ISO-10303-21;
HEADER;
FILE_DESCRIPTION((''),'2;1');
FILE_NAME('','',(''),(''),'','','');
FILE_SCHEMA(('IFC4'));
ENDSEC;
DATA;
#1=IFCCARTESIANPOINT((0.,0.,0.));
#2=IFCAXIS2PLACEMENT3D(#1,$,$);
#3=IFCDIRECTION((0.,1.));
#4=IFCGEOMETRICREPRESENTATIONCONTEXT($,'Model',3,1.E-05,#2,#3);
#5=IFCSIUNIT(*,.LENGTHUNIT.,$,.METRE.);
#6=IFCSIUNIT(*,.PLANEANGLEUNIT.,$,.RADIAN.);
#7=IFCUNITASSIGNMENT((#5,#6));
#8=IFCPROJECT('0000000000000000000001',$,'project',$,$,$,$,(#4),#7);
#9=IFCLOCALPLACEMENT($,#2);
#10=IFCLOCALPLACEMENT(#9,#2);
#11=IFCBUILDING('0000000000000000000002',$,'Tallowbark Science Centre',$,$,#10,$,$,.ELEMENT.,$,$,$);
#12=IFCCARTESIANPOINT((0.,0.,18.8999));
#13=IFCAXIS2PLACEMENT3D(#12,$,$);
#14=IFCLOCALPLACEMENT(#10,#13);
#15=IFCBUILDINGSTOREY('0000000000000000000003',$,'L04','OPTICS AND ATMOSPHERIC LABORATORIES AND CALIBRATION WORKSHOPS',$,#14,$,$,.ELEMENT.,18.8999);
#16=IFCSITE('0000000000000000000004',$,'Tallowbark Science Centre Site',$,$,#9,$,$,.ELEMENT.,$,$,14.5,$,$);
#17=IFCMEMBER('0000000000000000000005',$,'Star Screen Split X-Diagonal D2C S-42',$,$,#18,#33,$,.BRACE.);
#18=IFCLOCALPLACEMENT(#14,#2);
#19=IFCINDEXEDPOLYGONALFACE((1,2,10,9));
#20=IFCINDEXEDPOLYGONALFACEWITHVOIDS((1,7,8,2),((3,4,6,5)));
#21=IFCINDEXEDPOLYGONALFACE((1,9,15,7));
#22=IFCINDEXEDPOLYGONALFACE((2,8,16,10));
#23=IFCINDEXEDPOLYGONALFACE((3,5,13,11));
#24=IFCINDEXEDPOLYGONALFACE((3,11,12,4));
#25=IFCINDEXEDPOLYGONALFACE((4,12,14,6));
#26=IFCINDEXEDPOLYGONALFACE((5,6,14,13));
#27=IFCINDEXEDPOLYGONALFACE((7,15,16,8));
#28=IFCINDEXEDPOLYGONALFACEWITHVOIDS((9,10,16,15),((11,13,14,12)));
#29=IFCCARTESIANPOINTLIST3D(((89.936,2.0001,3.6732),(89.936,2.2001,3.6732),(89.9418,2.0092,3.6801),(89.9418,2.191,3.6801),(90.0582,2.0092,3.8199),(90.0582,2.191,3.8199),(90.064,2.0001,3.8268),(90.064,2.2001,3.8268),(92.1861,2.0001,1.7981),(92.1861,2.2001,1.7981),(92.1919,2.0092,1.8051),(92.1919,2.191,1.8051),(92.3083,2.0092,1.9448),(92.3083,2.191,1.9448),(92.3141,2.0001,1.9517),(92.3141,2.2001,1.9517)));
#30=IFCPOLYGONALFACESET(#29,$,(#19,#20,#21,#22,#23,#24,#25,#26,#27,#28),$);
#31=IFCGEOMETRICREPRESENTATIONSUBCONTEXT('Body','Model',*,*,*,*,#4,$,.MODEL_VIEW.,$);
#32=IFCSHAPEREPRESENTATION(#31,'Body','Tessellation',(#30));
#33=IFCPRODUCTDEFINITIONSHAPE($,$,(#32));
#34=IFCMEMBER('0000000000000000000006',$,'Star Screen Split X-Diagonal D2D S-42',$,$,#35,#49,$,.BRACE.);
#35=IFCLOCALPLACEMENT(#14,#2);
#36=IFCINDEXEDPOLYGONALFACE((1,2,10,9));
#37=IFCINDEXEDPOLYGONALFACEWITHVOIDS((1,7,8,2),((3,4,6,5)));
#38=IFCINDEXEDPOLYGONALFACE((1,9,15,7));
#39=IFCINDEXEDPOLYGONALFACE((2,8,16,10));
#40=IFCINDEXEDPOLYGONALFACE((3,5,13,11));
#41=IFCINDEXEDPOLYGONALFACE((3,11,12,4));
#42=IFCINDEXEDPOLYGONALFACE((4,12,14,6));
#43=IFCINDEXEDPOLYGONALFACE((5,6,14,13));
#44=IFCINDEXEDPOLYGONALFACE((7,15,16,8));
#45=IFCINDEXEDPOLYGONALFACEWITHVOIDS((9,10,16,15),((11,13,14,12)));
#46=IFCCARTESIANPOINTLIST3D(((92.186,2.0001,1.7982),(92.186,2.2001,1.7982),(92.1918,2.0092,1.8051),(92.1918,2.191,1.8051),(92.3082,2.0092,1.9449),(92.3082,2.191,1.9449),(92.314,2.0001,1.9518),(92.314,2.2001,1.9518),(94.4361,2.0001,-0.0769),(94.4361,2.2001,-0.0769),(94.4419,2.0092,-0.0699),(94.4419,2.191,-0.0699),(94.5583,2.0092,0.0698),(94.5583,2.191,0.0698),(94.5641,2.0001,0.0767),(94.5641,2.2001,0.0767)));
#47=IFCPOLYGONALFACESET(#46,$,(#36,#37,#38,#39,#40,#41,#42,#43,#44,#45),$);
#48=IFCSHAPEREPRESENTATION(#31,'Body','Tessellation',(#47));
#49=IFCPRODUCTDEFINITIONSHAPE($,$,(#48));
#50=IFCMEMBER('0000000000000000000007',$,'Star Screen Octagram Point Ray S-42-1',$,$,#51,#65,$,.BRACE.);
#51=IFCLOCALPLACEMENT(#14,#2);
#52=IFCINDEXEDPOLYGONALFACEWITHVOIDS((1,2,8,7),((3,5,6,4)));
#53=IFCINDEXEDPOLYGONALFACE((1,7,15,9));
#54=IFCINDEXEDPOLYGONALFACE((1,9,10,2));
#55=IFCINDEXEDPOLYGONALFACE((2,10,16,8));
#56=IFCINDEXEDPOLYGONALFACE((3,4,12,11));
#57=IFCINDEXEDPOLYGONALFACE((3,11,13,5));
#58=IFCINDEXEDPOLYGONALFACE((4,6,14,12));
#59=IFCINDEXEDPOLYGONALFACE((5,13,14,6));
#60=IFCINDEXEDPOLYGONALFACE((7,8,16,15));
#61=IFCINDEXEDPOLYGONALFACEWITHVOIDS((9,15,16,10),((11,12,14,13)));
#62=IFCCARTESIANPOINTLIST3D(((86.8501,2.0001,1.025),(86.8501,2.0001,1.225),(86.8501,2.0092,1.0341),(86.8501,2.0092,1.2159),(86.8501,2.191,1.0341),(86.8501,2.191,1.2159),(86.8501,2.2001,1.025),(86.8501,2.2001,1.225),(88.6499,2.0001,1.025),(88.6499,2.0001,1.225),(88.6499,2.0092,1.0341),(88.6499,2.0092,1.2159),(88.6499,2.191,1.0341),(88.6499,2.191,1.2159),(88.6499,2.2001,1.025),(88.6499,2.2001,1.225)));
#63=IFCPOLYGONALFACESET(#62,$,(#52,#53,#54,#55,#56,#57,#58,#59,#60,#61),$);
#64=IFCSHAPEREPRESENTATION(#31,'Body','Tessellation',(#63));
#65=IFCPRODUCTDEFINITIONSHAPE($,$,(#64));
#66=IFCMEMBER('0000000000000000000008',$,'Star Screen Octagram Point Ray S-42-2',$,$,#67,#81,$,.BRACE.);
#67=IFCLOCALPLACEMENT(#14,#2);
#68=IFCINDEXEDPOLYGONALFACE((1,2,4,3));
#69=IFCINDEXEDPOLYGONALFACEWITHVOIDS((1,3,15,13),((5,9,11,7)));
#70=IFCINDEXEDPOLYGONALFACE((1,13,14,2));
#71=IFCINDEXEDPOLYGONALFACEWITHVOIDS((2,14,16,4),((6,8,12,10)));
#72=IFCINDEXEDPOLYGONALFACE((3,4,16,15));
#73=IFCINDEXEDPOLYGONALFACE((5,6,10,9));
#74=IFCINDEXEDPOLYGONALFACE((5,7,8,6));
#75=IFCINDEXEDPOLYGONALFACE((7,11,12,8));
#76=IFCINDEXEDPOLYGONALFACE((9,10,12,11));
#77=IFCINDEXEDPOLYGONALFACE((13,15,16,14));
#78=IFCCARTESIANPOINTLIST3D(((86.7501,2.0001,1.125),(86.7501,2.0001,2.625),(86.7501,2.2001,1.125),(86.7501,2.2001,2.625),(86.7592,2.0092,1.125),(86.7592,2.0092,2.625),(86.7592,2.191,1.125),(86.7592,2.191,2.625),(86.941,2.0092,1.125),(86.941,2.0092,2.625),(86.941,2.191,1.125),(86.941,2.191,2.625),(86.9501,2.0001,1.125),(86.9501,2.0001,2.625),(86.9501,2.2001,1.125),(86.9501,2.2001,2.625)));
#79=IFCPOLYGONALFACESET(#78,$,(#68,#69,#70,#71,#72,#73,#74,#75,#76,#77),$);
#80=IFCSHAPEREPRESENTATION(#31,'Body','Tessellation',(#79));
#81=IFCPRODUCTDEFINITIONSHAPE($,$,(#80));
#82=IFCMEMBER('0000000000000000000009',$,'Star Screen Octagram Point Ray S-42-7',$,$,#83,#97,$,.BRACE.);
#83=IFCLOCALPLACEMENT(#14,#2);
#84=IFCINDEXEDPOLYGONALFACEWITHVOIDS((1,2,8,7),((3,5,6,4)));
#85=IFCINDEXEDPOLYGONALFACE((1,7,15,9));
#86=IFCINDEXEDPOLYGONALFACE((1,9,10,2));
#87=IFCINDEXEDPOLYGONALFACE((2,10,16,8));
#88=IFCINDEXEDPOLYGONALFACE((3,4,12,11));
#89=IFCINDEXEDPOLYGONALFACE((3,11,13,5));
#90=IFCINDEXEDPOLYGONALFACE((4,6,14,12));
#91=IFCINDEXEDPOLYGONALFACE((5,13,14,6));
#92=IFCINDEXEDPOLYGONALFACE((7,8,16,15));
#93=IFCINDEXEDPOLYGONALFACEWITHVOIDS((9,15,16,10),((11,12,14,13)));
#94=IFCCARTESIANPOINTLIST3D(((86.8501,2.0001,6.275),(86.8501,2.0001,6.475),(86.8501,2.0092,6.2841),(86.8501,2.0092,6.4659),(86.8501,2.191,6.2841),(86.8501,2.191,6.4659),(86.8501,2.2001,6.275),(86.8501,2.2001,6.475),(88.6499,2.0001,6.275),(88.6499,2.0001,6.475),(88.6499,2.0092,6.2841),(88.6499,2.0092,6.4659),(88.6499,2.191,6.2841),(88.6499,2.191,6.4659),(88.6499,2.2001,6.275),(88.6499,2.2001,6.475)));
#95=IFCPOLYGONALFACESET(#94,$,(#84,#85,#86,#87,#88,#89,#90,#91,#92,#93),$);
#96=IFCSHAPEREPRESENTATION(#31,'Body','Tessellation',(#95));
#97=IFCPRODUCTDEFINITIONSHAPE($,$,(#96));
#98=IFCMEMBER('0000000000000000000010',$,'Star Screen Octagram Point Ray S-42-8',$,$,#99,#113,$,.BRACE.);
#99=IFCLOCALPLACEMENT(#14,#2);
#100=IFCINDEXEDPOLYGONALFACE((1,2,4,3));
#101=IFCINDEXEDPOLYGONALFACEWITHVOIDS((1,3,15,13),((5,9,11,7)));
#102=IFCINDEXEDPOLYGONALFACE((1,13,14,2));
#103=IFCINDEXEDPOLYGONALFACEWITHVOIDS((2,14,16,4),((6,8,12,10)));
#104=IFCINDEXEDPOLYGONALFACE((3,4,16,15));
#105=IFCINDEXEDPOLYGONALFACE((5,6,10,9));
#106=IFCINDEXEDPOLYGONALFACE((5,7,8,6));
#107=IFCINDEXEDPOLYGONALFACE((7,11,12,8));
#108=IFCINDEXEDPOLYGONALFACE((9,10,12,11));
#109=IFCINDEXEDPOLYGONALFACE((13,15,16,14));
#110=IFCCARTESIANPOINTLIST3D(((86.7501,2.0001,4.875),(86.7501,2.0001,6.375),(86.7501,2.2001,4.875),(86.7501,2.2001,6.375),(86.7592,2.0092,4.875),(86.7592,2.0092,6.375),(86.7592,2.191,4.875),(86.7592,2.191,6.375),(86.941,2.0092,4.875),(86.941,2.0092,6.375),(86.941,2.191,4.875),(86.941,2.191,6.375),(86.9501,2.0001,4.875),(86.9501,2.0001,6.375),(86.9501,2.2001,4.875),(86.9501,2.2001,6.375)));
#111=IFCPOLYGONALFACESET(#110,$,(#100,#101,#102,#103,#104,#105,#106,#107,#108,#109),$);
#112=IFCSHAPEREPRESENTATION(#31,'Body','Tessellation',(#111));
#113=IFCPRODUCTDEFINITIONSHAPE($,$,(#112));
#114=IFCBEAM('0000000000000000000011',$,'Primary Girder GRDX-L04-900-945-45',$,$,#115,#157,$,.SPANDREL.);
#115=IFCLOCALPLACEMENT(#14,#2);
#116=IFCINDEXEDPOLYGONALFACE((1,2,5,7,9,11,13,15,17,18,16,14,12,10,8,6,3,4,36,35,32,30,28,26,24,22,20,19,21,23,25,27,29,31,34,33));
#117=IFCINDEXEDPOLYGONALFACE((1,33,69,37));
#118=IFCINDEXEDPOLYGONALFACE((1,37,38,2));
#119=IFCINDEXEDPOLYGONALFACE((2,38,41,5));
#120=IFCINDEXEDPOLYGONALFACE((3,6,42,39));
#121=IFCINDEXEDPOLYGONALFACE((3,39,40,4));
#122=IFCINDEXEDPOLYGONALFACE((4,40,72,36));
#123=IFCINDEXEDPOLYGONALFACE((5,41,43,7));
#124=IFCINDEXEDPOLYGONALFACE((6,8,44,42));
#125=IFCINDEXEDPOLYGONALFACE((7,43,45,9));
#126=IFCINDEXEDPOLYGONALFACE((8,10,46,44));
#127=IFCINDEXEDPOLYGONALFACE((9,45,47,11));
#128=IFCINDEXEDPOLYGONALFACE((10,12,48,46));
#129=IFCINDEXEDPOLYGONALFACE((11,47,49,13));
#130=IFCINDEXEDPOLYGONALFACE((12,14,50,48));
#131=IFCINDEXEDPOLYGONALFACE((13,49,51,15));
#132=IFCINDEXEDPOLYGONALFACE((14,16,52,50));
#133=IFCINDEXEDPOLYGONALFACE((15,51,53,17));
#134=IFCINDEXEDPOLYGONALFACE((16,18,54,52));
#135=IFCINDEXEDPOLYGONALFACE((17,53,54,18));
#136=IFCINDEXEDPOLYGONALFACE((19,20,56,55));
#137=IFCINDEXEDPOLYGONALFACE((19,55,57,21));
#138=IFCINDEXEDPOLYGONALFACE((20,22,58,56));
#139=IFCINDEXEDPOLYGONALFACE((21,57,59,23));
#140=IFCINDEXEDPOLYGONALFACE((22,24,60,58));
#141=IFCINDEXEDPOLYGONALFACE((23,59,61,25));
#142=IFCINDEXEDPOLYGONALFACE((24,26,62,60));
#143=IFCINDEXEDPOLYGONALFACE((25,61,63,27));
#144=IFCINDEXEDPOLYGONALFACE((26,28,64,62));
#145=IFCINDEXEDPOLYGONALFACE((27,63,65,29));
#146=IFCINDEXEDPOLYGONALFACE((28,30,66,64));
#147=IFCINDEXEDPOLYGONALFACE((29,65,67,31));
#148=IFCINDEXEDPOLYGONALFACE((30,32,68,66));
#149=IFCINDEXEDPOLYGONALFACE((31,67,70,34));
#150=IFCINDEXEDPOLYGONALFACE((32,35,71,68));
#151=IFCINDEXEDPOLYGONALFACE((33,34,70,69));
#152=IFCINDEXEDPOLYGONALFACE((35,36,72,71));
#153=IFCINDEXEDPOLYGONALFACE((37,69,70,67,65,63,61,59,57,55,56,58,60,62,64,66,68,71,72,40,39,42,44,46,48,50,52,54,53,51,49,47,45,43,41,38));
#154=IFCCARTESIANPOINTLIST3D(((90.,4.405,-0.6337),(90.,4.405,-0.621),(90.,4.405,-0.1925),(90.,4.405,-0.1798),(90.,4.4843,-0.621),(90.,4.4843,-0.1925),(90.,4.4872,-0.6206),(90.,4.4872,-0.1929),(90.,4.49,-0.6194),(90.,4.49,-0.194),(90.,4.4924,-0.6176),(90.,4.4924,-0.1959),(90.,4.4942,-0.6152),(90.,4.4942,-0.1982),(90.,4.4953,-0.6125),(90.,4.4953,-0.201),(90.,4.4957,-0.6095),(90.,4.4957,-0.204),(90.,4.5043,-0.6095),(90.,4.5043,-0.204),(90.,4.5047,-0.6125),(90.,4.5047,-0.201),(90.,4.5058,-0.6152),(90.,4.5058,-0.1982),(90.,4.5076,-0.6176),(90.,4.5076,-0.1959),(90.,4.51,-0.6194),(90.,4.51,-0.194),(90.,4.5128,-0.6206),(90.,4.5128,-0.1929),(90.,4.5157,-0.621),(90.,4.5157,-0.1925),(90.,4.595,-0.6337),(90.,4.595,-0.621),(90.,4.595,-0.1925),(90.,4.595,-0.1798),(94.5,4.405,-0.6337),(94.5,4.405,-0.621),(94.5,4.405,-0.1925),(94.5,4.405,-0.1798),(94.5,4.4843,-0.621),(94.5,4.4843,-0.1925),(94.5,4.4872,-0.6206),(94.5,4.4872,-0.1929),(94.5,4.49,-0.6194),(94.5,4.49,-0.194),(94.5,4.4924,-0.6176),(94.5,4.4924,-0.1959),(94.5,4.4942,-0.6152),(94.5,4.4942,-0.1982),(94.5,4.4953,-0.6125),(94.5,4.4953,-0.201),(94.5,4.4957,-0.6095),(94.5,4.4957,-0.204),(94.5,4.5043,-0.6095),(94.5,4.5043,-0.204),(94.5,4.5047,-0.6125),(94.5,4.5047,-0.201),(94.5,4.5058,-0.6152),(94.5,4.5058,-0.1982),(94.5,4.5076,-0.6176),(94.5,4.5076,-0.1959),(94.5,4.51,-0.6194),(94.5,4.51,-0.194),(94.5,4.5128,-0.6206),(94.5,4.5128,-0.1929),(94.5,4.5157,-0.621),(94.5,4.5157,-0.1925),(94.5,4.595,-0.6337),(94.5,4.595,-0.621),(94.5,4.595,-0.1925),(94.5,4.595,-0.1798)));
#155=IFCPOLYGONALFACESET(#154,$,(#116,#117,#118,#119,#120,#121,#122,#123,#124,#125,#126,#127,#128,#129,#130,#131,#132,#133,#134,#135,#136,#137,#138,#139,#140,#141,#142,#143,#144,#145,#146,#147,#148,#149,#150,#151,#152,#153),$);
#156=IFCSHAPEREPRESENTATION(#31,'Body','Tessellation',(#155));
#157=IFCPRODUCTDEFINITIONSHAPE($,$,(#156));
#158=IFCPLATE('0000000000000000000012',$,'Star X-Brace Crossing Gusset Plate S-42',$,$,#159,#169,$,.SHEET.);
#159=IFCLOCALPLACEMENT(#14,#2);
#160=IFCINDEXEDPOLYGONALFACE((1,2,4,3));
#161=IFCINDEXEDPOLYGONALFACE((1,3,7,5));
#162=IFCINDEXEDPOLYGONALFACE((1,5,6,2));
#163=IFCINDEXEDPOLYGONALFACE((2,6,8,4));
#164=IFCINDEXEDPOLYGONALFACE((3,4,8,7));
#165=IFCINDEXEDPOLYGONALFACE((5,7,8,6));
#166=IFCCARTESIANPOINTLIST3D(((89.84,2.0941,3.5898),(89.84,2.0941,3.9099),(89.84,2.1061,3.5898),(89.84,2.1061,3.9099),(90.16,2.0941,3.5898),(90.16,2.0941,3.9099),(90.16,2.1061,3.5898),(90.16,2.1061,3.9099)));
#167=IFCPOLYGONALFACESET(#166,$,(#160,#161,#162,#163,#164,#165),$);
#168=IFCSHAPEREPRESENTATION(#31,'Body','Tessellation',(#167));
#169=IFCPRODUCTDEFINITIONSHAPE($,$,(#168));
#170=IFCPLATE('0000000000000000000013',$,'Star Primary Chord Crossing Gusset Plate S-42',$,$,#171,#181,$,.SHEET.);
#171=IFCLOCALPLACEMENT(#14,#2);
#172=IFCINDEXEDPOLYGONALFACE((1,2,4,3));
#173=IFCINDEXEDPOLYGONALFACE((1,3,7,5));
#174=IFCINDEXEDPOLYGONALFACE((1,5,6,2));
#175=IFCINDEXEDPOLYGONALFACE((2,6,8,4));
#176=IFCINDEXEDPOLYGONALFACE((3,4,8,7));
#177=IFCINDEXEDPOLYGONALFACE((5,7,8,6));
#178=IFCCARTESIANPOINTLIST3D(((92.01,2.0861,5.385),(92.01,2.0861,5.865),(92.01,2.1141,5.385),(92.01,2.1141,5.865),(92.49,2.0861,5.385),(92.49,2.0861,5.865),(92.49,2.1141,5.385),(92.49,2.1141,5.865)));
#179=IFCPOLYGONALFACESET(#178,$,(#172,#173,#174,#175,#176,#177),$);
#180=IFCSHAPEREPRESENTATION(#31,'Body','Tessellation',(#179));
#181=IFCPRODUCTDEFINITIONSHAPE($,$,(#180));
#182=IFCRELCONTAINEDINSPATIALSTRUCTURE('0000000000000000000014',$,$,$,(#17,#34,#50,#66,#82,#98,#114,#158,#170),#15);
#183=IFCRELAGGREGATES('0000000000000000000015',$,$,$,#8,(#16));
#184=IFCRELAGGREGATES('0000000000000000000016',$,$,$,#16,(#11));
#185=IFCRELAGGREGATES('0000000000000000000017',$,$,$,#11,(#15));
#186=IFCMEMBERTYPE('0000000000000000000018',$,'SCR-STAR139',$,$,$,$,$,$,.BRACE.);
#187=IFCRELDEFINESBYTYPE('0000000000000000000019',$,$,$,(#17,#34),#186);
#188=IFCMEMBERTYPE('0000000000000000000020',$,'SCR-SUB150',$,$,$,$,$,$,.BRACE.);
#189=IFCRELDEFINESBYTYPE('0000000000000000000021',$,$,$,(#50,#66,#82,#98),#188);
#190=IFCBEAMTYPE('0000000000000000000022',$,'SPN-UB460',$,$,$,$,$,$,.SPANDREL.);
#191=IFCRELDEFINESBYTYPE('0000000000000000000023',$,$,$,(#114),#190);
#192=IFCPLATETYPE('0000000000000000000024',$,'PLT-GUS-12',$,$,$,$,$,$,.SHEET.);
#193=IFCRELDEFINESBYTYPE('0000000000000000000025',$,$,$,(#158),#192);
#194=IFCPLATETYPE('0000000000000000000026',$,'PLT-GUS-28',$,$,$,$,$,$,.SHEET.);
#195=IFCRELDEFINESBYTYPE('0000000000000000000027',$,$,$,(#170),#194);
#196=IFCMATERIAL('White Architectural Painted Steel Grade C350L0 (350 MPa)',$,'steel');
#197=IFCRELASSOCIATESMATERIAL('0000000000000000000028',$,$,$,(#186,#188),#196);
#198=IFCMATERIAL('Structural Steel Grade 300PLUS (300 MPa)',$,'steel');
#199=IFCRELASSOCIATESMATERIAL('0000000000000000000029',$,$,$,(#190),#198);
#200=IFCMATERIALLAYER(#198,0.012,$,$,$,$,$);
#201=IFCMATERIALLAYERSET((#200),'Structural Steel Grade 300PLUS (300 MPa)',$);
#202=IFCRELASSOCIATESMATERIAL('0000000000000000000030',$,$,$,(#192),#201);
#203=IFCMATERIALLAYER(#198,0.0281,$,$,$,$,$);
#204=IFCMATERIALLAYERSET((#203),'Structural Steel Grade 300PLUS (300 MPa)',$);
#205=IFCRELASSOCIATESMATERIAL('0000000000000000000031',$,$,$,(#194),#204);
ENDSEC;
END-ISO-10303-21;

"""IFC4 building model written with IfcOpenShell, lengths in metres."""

from ifc_helpers import new_model, si_unit, direction, frame, origin, origin_2d, place, context, subcontext, project, spatial, rectangle, hollow_rectangle, i_section, extrude, material, layer, layer_set, material_profile, profile_set, type_object, element, save


model = new_model("IFC4")

# Units and contexts
model_context = context("Model", 3, precision=1e-05, world=origin(), true_north=direction((0.0, 1.0)))
body_context = subcontext(model_context, "Body", "Model", "MODEL_VIEW")
ifc_project = project(units=[si_unit("LENGTHUNIT", "METRE"), si_unit("PLANEANGLEUNIT", "RADIAN")], contexts=[model_context])

# Site, building, storey
site_placement = place(None, origin())
site = spatial("IfcSite", under=ifc_project, at=site_placement, Name="Tallowbark Science Centre Site", CompositionType="ELEMENT", RefElevation=14.5)
building_placement = place(site_placement, origin())
building = spatial("IfcBuilding", under=site, at=building_placement, Name="Tallowbark Science Centre", CompositionType="ELEMENT")
storey_placement = place(building_placement, frame((0.0, 0.0, 18.8999)))
storey = spatial("IfcBuildingStorey", under=building, at=storey_placement, Name="L04", Description="OPTICS AND ATMOSPHERIC LABORATORIES AND CALIBRATION WORKSHOPS", CompositionType="ELEMENT", Elevation=18.8999)

# Shared definitions
ifc_material_1 = material(Name="Structural Steel Grade 300PLUS (300 MPa)", Category="steel")

# Shared definitions
ifc_material_2 = material(Name="White Architectural Painted Steel Grade C350L0 (350 MPa)", Category="steel")

# Members
ifc_material_profile_1 = material_profile(ifc_material_2, hollow_rectangle(XDim=0.2, YDim=0.2, WallThickness=0.009, at=origin_2d()), Name="200x200x9.0SHS")
ifc_profile_set_1 = profile_set([ifc_material_profile_1], Name="White Architectural Painted Steel Grade C350L0 (350 MPa)")
member_type_1 = type_object("IfcMemberType", Name="SCR-STAR139", PredefinedType="BRACE", material=ifc_profile_set_1)
for number, where, z_axis, x_axis, name in (
    (1, (90.0, 2.1001, 3.75), (0.768221, 0.0, -0.640184), (0.0, 1.0, 0.0), "Star Screen Split X-Diagonal D2C S-42"),
    (2, (92.25, 2.1001, 1.875), (0.768221, 0.0, -0.640184), (0.0, 1.0, 0.0), "Star Screen Split X-Diagonal D2D S-42"),
):
    element("IfcMember", number, at=place(storey_placement, frame(where, z_axis=z_axis, x_axis=x_axis)), inside=storey, type_object=member_type_1, Name=name, PredefinedType="BRACE", context=body_context, shape_type="SweptSolid", body=[
        extrude(hollow_rectangle(XDim=0.2, YDim=0.2, WallThickness=0.009, at=origin_2d()), origin(), (0.0, 0.0, 1.0), 2.929),
    ])
ifc_material_profile_2 = material_profile(ifc_material_2, hollow_rectangle(XDim=0.2, YDim=0.2, WallThickness=0.009, at=origin_2d()), Name="200x200x9.0SHS")
ifc_profile_set_2 = profile_set([ifc_material_profile_2], Name="White Architectural Painted Steel Grade C350L0 (350 MPa)")
member_type_2 = type_object("IfcMemberType", Name="SCR-SUB150", PredefinedType="BRACE", material=ifc_profile_set_2)
member_1_placement = place(storey_placement, frame((86.8501, 2.1001, 1.125), z_axis=(1.0, 0.0, 0.0), x_axis=(0.0, 1.0, 0.0)))
element("IfcMember", 3, at=member_1_placement, inside=storey, type_object=member_type_2, Name="Star Screen Octagram Point Ray S-42-1", PredefinedType="BRACE", context=body_context, shape_type="SweptSolid", body=[
    extrude(hollow_rectangle(XDim=0.2, YDim=0.2, WallThickness=0.009, at=origin_2d()), origin(), (0.0, 0.0, 1.0), 1.7998),
])
member_2_placement = place(storey_placement, frame((86.8501, 2.1001, 1.125), z_axis=(0.0, 0.0, 1.0), x_axis=(1.0, 0.0, 0.0)))
element("IfcMember", 4, at=member_2_placement, inside=storey, type_object=member_type_2, Name="Star Screen Octagram Point Ray S-42-2", PredefinedType="BRACE", context=body_context, shape_type="SweptSolid", body=[
    extrude(hollow_rectangle(XDim=0.2, YDim=0.2, WallThickness=0.009, at=origin_2d()), origin(), (0.0, 0.0, 1.0), 1.5),
])
member_3_placement = place(storey_placement, frame((86.8501, 2.1001, 6.375), z_axis=(1.0, 0.0, 0.0), x_axis=(0.0, 1.0, 0.0)))
element("IfcMember", 5, at=member_3_placement, inside=storey, type_object=member_type_2, Name="Star Screen Octagram Point Ray S-42-7", PredefinedType="BRACE", context=body_context, shape_type="SweptSolid", body=[
    extrude(hollow_rectangle(XDim=0.2, YDim=0.2, WallThickness=0.009, at=origin_2d()), origin(), (0.0, 0.0, 1.0), 1.7998),
])
member_4_placement = place(storey_placement, frame((86.8501, 2.1001, 6.375), z_axis=(0.0, 0.0, -1.0), x_axis=(1.0, 0.0, 0.0)))
element("IfcMember", 6, at=member_4_placement, inside=storey, type_object=member_type_2, Name="Star Screen Octagram Point Ray S-42-8", PredefinedType="BRACE", context=body_context, shape_type="SweptSolid", body=[
    extrude(hollow_rectangle(XDim=0.2, YDim=0.2, WallThickness=0.009, at=origin_2d()), origin(), (0.0, 0.0, 1.0), 1.5),
])

# Beam
ifc_material_profile_3 = material_profile(ifc_material_1, i_section(OverallWidth=0.1899, OverallDepth=0.4539, WebThickness=0.0085, FlangeThickness=0.0127, FilletRadius=0.0115, at=origin_2d()), Name="460UB67.1")
ifc_profile_set_3 = profile_set([ifc_material_profile_3], Name="Structural Steel Grade 300PLUS (300 MPa)")
beam_type_1 = type_object("IfcBeamType", Name="SPN-UB460", PredefinedType="SPANDREL", material=ifc_profile_set_3)
beam_1_placement = place(storey_placement, frame((90.0, 4.5, -0.4067), z_axis=(1.0, 0.0, 0.0), x_axis=(0.0, 1.0, 0.0)))
element("IfcBeam", 7, at=beam_1_placement, inside=storey, type_object=beam_type_1, Name="Primary Girder GRDX-L04-900-945-45", PredefinedType="SPANDREL", context=body_context, shape_type="SweptSolid", body=[
    extrude(i_section(OverallWidth=0.1899, OverallDepth=0.4539, WebThickness=0.0085, FlangeThickness=0.0127, FilletRadius=0.0115, at=origin_2d()), origin(), (0.0, 0.0, 1.0), 4.5),
])

# Plates
ifc_layer_1 = layer(ifc_material_1, 0.012)
ifc_layer_set_1 = layer_set([ifc_layer_1], Name="Structural Steel Grade 300PLUS (300 MPa)")
plate_type_1 = type_object("IfcPlateType", Name="PLT-GUS-12", PredefinedType="SHEET", material=ifc_layer_set_1)
plate_1_placement = place(storey_placement, frame((90.0, 2.1001, 3.5898), z_axis=(0.0, 0.0, 1.0), x_axis=(1.0, 0.0, 0.0)))
element("IfcPlate", 8, at=plate_1_placement, inside=storey, type_object=plate_type_1, Name="Star X-Brace Crossing Gusset Plate S-42", PredefinedType="SHEET", context=body_context, shape_type="SweptSolid", body=[
    extrude(rectangle(XDim=0.3201, YDim=0.012, at=origin_2d()), origin(), (0.0, 0.0, 1.0), 0.3201),
])
ifc_layer_2 = layer(ifc_material_1, 0.0281)
ifc_layer_set_2 = layer_set([ifc_layer_2], Name="Structural Steel Grade 300PLUS (300 MPa)")
plate_type_2 = type_object("IfcPlateType", Name="PLT-GUS-28", PredefinedType="SHEET", material=ifc_layer_set_2)
plate_2_placement = place(storey_placement, frame((92.25, 2.1001, 5.385), z_axis=(0.0, 0.0, 1.0), x_axis=(1.0, 0.0, 0.0)))
element("IfcPlate", 9, at=plate_2_placement, inside=storey, type_object=plate_type_2, Name="Star Primary Chord Crossing Gusset Plate S-42", PredefinedType="SHEET", context=body_context, shape_type="SweptSolid", body=[
    extrude(rectangle(XDim=0.48, YDim=0.0281, at=origin_2d()), origin(), (0.0, 0.0, 1.0), 0.48),
])

save(model, "model.ifc")
